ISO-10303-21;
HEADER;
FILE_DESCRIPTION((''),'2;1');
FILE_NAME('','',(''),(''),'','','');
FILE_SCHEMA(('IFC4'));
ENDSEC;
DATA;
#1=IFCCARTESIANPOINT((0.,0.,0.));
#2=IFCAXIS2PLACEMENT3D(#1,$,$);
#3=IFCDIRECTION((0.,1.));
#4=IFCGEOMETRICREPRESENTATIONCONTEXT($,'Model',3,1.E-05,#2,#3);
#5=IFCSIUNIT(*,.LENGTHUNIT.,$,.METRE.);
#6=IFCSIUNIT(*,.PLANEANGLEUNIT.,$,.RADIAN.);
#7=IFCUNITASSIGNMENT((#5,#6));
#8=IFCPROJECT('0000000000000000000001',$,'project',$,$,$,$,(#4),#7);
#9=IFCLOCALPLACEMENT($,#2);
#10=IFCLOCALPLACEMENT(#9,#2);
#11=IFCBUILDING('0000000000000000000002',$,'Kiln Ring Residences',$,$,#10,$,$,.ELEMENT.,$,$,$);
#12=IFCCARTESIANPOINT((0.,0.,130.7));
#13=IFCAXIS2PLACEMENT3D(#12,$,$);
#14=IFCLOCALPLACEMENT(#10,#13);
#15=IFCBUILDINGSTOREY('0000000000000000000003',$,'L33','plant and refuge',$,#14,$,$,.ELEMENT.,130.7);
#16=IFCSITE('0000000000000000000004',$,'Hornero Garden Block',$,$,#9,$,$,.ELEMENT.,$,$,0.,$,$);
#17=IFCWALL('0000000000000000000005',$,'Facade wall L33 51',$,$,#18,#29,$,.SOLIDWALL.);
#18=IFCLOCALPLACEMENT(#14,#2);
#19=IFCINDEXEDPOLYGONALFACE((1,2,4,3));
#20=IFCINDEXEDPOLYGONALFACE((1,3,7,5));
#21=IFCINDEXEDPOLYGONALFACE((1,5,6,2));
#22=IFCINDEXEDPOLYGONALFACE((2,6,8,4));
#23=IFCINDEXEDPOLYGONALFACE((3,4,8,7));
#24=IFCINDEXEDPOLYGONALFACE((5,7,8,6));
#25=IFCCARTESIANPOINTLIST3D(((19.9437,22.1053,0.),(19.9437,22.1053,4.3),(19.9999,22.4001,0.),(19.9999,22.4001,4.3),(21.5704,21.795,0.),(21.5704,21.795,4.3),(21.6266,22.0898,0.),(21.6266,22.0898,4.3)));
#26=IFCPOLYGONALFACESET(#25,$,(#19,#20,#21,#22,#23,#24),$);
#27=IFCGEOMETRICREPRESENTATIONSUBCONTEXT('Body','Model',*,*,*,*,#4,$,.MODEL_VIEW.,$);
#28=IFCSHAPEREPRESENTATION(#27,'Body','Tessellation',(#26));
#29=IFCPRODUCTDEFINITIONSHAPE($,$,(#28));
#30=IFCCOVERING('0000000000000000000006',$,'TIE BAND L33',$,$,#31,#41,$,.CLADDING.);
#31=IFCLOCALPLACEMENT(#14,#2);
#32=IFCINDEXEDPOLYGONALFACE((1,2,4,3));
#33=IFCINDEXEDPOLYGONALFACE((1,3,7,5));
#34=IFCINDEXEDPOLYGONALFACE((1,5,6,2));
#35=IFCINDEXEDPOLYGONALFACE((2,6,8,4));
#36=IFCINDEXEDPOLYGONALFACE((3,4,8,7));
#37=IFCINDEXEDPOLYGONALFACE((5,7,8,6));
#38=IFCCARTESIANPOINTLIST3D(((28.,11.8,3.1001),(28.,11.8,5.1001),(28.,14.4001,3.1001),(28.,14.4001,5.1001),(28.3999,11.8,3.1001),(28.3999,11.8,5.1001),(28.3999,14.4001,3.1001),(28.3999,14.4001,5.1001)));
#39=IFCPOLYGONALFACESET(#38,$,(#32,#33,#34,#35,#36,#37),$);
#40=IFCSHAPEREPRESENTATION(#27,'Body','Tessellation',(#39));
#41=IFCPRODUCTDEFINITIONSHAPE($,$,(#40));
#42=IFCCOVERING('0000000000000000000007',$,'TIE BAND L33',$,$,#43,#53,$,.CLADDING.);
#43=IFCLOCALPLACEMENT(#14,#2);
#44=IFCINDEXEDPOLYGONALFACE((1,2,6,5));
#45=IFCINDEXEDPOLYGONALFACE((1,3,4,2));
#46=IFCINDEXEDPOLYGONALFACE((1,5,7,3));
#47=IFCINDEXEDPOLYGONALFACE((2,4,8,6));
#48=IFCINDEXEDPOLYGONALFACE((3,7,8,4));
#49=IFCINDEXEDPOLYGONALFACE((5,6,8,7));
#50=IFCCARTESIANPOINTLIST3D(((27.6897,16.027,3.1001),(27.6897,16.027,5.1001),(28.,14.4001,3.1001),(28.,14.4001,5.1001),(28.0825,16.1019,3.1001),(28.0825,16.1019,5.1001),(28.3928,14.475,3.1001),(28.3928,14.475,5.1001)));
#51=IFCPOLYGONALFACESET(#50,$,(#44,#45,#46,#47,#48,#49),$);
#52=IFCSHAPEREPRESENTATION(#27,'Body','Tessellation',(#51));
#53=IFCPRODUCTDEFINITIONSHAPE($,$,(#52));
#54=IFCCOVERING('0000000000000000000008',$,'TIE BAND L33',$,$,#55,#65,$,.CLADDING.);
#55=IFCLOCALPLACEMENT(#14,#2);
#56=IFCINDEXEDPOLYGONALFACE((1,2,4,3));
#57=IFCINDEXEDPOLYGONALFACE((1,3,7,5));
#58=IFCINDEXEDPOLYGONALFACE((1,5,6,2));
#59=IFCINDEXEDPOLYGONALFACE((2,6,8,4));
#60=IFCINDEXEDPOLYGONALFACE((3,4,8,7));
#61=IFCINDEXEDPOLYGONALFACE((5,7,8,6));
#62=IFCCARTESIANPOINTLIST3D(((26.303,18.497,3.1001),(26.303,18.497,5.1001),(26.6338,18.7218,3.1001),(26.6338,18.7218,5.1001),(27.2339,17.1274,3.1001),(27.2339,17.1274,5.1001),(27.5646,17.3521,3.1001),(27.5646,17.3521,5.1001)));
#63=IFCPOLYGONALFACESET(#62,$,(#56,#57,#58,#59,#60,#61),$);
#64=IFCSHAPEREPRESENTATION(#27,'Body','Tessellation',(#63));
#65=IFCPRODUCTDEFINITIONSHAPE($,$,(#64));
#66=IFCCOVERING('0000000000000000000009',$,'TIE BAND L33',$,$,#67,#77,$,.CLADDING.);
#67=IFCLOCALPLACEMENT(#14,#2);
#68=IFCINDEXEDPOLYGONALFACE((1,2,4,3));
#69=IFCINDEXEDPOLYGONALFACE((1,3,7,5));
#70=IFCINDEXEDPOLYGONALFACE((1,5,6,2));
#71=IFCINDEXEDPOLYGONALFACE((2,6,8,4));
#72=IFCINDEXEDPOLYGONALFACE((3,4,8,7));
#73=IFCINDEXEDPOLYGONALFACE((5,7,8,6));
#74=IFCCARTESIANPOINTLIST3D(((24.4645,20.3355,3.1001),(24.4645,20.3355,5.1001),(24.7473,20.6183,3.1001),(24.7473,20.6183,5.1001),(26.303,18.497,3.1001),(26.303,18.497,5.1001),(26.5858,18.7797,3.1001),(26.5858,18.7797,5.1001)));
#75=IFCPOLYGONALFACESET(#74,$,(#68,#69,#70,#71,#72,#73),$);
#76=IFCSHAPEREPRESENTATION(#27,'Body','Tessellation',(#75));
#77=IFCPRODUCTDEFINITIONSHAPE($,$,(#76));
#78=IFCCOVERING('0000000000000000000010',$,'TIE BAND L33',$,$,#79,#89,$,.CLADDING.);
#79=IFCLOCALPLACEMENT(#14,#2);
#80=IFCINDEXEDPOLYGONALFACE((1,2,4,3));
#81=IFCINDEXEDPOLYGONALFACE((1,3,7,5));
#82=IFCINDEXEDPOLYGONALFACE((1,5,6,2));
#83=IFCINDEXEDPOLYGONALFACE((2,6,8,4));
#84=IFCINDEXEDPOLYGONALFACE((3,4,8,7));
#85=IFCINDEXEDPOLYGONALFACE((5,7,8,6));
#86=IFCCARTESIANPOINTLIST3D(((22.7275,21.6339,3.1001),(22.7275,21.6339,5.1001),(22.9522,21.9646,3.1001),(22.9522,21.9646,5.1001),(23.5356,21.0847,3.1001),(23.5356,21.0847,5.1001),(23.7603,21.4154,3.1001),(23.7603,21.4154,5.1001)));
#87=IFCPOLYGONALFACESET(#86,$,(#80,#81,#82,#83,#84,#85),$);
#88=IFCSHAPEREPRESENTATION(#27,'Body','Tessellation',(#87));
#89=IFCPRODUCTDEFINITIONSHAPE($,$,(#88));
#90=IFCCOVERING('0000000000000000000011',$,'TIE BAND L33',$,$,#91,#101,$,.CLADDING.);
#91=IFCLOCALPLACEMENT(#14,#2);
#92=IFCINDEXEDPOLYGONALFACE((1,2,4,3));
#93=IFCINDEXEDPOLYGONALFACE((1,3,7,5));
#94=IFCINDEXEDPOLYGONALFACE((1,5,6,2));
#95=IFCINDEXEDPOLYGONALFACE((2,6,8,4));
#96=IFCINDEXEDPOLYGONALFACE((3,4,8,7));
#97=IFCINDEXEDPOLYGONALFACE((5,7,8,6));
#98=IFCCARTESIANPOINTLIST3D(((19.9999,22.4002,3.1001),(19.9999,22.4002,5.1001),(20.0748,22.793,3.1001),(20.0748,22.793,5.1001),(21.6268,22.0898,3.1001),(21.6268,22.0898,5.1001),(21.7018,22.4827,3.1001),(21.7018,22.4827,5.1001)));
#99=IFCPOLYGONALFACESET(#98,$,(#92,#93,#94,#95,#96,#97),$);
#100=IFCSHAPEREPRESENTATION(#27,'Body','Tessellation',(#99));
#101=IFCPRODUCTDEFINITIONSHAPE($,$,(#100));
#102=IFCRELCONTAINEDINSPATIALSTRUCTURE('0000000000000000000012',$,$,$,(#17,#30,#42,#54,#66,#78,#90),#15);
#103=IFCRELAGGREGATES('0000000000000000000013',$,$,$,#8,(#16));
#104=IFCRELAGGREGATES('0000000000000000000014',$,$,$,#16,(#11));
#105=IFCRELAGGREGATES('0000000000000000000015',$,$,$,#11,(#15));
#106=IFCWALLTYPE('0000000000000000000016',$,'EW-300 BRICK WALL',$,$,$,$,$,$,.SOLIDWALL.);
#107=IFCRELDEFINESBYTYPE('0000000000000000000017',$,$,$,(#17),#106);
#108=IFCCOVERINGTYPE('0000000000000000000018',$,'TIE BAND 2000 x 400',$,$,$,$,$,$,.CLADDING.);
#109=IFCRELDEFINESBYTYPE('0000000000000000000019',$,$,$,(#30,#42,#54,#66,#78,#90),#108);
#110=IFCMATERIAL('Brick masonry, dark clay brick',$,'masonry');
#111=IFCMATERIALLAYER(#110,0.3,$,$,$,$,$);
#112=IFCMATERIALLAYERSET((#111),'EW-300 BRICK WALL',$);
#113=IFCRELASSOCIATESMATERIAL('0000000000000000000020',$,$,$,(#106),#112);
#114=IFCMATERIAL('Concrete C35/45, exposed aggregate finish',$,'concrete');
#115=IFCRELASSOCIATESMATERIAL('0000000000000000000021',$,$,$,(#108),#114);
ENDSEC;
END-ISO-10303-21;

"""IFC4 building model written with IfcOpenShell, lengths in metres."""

from ifc_helpers import new_model, si_unit, direction, frame, frame_2d, origin, origin_2d, place, context, subcontext, project, spatial, rectangle, extrude, material, layer, layer_set, type_object, element, save


model = new_model("IFC4")

# Units and contexts
model_context = context("Model", 3, precision=1e-05, world=origin(), true_north=direction((0.0, 1.0)))
body_context = subcontext(model_context, "Body", "Model", "MODEL_VIEW")
ifc_project = project(units=[si_unit("LENGTHUNIT", "METRE"), si_unit("PLANEANGLEUNIT", "RADIAN")], contexts=[model_context])

# Site, building, storey
site_placement = place(None, origin())
site = spatial("IfcSite", under=ifc_project, at=site_placement, Name="Hornero Garden Block", CompositionType="ELEMENT", RefElevation=0.0)
building_placement = place(site_placement, origin())
building = spatial("IfcBuilding", under=site, at=building_placement, Name="Kiln Ring Residences", CompositionType="ELEMENT")
storey_placement = place(building_placement, frame((0.0, 0.0, 130.7)))
storey = spatial("IfcBuildingStorey", under=building, at=storey_placement, Name="L33", Description="plant and refuge", CompositionType="ELEMENT", Elevation=130.7)

# Wall
ifc_material_1 = material(Name="Brick masonry, dark clay brick", Category="masonry")
ifc_layer_1 = layer(ifc_material_1, 0.3)
ifc_layer_set_1 = layer_set([ifc_layer_1], Name="EW-300 BRICK WALL")
wall_type_1 = type_object("IfcWallType", Name="EW-300 BRICK WALL", PredefinedType="SOLIDWALL", material=ifc_layer_set_1)
wall_1_placement = place(storey_placement, frame((21.5986, 21.9424, 0.0), z_axis=(0.0, 0.0, 1.0), x_axis=(-0.982288, 0.187376, 0.0)))
element("IfcWall", 1, at=wall_1_placement, inside=storey, type_object=wall_type_1, Name="Facade wall L33 51", PredefinedType="SOLIDWALL", context=body_context, shape_type="SweptSolid", body=[
    extrude(rectangle(XDim=1.656, YDim=0.3, at=frame_2d((0.8281, 0.0))), origin(), (0.0, 0.0, 1.0), 4.3),
])

# Coverings
ifc_material_2 = material(Name="Concrete C35/45, exposed aggregate finish", Category="concrete")
covering_type = type_object("IfcCoveringType", Name="TIE BAND 2000 x 400", PredefinedType="CLADDING", material=ifc_material_2)
covering_1_placement = place(storey_placement, frame((28.2, 13.1001, 3.1001), z_axis=(0.0, 0.0, 1.0), x_axis=(0.0, 1.0, 0.0)))
element("IfcCovering", 2, at=covering_1_placement, inside=storey, type_object=covering_type, Name="TIE BAND L33", PredefinedType="CLADDING", context=body_context, shape_type="SweptSolid", body=[
    extrude(rectangle(XDim=2.6001, YDim=0.3999, at=origin_2d()), origin(), (0.0, 0.0, 1.0), 2.0),
])
covering_2_placement = place(storey_placement, frame((28.0413, 15.251, 3.1001), z_axis=(0.0, 0.0, 1.0), x_axis=(-0.187366, 0.98229, 0.0)))
element("IfcCovering", 3, at=covering_2_placement, inside=storey, type_object=covering_type, Name="TIE BAND L33", PredefinedType="CLADDING", context=body_context, shape_type="SweptSolid", body=[
    extrude(rectangle(XDim=1.6562, YDim=0.3999, at=origin_2d()), origin(), (0.0, 0.0, 1.0), 2.0),
])
covering_3_placement = place(storey_placement, frame((26.9338, 17.9246, 3.1001), z_axis=(0.0, 0.0, 1.0), x_axis=(-0.562097, 0.827072, 0.0)))
element("IfcCovering", 4, at=covering_3_placement, inside=storey, type_object=covering_type, Name="TIE BAND L33", PredefinedType="CLADDING", context=body_context, shape_type="SweptSolid", body=[
    extrude(rectangle(XDim=1.656, YDim=0.3999, at=origin_2d()), origin(), (0.0, 0.0, 1.0), 2.0),
])
covering_4_placement = place(storey_placement, frame((25.5251, 19.5576, 3.1001), z_axis=(0.0, 0.0, 1.0), x_axis=(-0.707107, 0.707107, 0.0)))
element("IfcCovering", 5, at=covering_4_placement, inside=storey, type_object=covering_type, Name="TIE BAND L33", PredefinedType="CLADDING", context=body_context, shape_type="SweptSolid", body=[
    extrude(rectangle(XDim=2.6001, YDim=0.3999, at=origin_2d()), origin(), (0.0, 0.0, 1.0), 2.0),
])
covering_5_placement = place(storey_placement, frame((23.2439, 21.5247, 3.1001), z_axis=(0.0, 0.0, 1.0), x_axis=(-0.827072, 0.562097, 0.0)))
element("IfcCovering", 6, at=covering_5_placement, inside=storey, type_object=covering_type, Name="TIE BAND L33", PredefinedType="CLADDING", context=body_context, shape_type="SweptSolid", body=[
    extrude(rectangle(XDim=0.9771, YDim=0.3999, at=origin_2d()), origin(), (0.0, 0.0, 1.0), 2.0),
])
covering_6_placement = place(storey_placement, frame((20.8508, 22.4414, 3.1001), z_axis=(0.0, 0.0, 1.0), x_axis=(-0.98229, 0.187366, 0.0)))
element("IfcCovering", 7, at=covering_6_placement, inside=storey, type_object=covering_type, Name="TIE BAND L33", PredefinedType="CLADDING", context=body_context, shape_type="SweptSolid", body=[
    extrude(rectangle(XDim=1.6562, YDim=0.3999, at=origin_2d()), origin(), (0.0, 0.0, 1.0), 2.0),
])

save(model, "model.ifc")
